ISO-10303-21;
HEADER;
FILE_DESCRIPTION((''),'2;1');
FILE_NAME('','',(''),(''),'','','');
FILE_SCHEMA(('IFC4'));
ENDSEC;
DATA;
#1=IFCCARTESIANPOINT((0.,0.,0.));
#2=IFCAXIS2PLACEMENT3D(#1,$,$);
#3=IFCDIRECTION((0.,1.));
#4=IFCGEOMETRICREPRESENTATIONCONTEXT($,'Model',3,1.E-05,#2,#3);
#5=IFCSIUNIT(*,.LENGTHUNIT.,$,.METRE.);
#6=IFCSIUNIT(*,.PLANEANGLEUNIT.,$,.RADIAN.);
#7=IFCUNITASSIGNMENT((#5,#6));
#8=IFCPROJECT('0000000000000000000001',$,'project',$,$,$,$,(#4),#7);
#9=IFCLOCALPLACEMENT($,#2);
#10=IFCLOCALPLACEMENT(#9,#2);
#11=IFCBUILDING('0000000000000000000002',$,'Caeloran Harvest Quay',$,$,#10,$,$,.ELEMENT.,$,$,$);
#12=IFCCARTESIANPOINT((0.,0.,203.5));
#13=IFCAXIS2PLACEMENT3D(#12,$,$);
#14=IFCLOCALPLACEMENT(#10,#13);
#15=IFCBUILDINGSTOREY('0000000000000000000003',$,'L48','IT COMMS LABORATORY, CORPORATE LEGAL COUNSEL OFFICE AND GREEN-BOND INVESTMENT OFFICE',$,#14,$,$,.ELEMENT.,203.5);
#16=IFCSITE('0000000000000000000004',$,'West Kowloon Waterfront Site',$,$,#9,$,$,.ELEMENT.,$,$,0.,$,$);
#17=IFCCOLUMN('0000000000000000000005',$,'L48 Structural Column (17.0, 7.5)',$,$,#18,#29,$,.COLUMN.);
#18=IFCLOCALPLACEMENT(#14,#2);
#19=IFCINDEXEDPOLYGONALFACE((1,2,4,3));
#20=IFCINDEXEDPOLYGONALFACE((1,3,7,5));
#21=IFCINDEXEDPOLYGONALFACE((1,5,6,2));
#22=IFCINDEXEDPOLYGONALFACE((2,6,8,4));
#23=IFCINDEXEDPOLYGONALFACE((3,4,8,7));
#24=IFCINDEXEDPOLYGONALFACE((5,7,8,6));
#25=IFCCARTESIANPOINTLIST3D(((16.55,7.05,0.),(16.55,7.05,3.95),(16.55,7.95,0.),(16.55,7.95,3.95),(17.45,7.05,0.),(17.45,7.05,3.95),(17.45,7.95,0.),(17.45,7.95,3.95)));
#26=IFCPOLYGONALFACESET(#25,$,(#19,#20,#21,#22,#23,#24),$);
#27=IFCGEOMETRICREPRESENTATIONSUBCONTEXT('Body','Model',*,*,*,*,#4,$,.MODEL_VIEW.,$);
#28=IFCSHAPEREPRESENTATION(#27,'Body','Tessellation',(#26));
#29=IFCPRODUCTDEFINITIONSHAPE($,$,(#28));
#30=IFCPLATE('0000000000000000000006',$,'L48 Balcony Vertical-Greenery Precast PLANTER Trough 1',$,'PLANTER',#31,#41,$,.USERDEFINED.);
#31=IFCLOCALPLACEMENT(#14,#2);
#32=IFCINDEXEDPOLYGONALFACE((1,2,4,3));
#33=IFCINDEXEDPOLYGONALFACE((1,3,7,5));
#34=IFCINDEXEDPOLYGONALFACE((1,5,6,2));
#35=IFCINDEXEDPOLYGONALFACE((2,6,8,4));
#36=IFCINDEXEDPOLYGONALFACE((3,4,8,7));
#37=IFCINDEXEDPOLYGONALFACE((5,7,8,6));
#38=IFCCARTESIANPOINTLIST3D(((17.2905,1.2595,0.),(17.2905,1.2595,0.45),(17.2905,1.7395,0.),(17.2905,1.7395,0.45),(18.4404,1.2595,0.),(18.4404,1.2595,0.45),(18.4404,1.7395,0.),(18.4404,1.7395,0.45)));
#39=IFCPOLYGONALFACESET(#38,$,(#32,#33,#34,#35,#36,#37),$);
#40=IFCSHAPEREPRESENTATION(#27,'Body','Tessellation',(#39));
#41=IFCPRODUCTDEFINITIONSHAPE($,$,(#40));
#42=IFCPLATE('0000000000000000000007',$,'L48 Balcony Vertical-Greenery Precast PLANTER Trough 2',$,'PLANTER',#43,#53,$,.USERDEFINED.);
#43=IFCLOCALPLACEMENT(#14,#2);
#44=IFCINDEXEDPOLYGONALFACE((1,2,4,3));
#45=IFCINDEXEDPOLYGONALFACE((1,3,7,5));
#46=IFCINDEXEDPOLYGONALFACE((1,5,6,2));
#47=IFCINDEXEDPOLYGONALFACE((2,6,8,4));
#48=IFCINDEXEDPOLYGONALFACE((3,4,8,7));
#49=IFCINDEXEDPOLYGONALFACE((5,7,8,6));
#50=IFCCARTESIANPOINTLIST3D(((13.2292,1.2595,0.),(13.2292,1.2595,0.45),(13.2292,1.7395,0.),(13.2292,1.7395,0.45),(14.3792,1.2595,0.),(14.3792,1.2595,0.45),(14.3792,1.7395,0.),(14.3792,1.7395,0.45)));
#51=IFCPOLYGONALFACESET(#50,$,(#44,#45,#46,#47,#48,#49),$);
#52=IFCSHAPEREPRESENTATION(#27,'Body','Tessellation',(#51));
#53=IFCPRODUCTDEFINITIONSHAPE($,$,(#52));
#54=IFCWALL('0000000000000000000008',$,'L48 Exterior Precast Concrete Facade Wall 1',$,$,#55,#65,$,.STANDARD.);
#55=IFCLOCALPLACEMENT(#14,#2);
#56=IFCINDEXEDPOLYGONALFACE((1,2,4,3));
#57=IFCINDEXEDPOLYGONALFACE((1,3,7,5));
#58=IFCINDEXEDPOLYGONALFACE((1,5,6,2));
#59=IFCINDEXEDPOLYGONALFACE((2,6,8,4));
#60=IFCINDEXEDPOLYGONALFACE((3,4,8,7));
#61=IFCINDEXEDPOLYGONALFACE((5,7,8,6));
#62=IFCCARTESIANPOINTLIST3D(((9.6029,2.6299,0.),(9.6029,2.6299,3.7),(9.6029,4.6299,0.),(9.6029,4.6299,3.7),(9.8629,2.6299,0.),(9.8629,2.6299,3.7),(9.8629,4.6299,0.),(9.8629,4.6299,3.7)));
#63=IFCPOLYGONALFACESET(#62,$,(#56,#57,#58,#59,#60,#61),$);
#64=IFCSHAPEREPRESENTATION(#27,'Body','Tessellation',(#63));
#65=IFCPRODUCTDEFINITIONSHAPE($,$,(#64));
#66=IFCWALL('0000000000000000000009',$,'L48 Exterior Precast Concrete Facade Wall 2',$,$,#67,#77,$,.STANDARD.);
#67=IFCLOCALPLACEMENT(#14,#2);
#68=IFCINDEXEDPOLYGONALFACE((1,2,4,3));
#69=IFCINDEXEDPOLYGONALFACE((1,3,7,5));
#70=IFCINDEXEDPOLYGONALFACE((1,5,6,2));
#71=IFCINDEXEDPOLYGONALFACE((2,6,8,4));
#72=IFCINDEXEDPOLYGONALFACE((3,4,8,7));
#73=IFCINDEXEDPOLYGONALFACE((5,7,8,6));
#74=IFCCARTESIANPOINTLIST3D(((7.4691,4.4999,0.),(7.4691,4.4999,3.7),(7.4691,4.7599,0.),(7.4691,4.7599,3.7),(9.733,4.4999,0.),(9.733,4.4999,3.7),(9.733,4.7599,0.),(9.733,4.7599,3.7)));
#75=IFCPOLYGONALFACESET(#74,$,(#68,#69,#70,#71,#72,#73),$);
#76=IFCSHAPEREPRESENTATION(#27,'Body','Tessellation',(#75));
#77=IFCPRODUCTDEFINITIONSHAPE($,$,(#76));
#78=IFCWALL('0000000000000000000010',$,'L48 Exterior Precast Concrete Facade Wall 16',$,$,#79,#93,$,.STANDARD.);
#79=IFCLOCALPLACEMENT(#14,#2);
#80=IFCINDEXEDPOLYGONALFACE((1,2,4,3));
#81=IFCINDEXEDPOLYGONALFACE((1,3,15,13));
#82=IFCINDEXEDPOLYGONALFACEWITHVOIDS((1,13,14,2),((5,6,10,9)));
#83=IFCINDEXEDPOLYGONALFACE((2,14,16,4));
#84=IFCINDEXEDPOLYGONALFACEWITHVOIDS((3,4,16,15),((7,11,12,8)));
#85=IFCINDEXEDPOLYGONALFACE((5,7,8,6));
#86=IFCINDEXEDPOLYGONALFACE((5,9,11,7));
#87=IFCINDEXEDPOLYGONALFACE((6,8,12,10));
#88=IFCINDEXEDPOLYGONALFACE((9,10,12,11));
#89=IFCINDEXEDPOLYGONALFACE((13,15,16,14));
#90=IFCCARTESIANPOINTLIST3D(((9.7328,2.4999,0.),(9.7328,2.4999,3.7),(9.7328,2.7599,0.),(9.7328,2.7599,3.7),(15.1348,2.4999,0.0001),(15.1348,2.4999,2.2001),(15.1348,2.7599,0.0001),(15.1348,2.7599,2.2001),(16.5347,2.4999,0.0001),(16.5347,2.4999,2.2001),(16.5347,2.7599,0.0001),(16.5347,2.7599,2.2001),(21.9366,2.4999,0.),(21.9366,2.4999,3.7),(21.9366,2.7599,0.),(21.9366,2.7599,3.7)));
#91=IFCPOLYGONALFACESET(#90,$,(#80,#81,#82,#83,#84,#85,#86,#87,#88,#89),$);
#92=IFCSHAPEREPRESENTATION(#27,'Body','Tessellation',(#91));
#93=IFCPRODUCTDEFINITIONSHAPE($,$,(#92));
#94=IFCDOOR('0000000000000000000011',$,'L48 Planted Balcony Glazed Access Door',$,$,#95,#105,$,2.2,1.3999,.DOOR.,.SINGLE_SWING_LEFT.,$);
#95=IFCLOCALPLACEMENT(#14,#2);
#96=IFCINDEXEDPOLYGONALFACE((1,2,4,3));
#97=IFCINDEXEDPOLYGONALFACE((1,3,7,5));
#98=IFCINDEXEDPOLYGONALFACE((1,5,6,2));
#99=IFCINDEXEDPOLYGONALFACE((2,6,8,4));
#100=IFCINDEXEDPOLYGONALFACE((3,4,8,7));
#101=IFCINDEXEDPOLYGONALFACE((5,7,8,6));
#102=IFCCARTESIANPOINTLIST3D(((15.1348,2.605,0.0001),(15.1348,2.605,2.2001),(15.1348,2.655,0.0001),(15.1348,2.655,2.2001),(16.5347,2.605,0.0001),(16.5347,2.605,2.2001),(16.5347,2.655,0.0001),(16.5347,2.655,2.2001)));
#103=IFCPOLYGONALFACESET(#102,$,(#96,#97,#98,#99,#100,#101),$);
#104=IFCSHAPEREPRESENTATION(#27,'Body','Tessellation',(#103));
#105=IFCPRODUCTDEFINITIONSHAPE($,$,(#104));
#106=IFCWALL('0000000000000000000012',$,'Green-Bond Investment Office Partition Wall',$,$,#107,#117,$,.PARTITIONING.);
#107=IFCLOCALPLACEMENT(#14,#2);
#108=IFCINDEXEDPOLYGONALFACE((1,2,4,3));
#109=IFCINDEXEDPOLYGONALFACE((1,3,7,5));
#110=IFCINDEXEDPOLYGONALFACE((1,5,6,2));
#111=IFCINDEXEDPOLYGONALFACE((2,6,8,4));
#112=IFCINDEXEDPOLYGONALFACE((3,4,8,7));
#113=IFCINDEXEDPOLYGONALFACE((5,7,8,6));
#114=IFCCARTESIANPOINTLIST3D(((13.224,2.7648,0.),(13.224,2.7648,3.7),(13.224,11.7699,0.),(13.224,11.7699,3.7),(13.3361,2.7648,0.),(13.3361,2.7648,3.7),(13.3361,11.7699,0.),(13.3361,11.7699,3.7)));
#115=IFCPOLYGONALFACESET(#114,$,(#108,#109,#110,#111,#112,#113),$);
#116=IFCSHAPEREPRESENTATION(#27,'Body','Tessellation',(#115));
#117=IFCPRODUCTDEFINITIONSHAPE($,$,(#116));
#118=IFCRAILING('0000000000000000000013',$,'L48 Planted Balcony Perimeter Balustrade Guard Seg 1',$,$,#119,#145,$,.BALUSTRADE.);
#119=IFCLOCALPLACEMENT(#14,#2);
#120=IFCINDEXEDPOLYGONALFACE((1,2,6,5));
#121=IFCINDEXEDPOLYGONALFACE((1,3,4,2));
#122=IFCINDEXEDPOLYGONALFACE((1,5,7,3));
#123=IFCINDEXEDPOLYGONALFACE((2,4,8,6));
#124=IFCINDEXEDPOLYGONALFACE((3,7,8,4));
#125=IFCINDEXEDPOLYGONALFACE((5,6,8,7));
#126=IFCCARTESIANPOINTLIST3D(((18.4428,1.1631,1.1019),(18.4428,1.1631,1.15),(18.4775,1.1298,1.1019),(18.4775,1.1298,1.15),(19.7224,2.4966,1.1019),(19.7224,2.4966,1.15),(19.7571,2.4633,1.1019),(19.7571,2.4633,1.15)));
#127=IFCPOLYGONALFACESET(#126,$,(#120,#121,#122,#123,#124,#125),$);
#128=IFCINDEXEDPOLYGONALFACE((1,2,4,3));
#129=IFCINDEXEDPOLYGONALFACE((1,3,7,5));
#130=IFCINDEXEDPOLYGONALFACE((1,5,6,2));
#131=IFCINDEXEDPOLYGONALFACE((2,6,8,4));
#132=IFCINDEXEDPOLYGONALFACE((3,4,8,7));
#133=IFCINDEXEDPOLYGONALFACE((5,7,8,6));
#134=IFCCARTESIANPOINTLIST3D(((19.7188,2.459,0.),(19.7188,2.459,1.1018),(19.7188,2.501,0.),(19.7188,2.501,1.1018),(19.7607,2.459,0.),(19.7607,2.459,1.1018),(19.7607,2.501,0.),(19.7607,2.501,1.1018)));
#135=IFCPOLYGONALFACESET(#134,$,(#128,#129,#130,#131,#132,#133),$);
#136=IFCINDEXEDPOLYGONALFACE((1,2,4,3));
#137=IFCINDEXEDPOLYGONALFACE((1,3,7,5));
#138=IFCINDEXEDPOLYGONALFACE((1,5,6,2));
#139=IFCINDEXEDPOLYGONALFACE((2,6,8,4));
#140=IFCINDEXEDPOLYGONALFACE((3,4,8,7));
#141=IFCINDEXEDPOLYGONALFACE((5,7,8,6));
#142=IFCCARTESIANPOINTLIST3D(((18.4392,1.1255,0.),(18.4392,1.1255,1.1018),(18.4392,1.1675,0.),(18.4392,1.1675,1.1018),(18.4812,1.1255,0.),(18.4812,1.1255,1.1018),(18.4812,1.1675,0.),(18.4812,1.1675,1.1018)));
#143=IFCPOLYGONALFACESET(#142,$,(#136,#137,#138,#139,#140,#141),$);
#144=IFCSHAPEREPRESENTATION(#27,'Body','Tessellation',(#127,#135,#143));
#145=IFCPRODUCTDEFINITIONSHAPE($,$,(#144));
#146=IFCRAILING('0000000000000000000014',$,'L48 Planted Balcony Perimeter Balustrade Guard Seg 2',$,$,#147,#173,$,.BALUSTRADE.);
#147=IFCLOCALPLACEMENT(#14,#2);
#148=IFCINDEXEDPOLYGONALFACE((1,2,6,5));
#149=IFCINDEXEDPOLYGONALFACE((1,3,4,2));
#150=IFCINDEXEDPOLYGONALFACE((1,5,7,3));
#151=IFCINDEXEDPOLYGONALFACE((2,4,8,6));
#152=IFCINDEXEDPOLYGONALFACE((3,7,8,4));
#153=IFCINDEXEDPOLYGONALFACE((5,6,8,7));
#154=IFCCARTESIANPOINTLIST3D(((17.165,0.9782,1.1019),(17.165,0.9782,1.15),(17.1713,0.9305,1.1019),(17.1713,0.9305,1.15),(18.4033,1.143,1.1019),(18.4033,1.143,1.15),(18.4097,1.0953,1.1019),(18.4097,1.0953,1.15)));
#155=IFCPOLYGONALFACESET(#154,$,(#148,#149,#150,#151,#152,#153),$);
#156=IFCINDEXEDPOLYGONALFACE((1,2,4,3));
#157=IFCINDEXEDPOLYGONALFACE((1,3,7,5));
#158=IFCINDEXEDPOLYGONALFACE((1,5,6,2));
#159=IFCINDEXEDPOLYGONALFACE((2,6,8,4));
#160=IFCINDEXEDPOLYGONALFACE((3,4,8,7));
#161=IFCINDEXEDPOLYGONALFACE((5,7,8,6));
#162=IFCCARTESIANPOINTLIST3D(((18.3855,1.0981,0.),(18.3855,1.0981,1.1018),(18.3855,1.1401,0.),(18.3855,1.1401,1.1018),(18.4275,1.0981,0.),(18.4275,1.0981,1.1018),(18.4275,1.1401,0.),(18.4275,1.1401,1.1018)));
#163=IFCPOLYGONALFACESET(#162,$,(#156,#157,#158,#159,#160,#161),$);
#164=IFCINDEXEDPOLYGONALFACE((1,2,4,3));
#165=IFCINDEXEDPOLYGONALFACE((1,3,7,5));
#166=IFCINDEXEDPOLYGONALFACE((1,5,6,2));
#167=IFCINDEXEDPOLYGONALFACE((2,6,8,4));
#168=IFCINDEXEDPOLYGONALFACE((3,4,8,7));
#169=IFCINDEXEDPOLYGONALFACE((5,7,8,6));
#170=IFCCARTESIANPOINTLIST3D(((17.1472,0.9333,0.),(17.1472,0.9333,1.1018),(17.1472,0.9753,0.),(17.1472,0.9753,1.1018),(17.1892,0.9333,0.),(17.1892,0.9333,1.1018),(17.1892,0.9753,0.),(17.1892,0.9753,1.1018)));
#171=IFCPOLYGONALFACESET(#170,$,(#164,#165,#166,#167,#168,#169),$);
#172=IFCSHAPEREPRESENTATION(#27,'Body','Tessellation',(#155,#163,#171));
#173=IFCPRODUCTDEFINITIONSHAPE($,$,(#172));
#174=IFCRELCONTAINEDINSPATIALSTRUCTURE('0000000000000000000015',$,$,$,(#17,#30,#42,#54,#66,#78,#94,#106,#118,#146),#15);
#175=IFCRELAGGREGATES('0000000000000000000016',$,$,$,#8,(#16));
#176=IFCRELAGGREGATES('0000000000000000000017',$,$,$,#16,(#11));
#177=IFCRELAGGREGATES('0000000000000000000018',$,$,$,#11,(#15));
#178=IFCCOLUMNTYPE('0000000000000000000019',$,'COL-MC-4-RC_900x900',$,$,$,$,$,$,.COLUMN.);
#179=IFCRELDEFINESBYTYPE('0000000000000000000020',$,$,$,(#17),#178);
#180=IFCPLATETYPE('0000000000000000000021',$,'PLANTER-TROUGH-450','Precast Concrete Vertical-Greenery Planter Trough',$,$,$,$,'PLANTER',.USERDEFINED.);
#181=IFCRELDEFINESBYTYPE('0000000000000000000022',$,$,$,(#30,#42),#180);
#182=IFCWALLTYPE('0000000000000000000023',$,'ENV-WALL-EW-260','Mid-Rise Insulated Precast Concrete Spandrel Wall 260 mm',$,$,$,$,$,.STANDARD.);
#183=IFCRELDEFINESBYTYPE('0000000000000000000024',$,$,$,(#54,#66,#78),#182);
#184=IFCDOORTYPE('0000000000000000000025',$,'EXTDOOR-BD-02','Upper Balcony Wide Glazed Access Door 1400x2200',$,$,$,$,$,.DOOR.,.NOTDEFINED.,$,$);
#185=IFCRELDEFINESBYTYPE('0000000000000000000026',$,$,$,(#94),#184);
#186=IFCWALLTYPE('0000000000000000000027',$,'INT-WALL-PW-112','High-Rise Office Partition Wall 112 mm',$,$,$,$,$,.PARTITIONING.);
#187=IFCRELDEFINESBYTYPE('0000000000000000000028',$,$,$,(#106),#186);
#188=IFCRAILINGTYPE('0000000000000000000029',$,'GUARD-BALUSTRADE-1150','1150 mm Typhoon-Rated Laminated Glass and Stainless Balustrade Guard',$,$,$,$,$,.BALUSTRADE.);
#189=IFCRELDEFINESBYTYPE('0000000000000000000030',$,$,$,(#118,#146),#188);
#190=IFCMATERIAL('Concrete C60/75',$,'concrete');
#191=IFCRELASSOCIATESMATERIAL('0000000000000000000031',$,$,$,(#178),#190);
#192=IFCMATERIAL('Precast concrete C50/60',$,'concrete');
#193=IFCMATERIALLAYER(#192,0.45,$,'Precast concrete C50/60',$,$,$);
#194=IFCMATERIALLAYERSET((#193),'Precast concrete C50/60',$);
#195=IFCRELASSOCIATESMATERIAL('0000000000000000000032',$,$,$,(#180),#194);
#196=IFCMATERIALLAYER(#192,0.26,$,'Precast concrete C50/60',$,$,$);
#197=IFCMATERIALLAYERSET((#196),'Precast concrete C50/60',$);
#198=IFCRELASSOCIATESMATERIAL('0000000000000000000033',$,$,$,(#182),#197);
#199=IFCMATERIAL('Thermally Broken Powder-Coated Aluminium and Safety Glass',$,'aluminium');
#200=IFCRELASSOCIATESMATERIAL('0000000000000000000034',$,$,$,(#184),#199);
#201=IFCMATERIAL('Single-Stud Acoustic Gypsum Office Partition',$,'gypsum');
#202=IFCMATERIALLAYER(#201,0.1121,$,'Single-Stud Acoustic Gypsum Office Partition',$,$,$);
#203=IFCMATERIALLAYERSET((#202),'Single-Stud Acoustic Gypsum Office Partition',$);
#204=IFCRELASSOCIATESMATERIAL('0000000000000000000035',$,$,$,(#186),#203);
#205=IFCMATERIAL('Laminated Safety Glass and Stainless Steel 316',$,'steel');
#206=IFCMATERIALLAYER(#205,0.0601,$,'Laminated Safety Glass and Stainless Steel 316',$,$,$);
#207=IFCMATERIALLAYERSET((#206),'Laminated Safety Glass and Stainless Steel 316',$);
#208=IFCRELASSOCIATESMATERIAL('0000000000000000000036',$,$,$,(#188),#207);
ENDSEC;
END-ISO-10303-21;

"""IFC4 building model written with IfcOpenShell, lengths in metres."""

from ifc_helpers import new_model, si_unit, direction, frame, frame_2d, origin, origin_2d, place, context, subcontext, project, spatial, rectangle, extrude, material, layer, layer_set, material_profile, profile_set, type_object, element, fill, save


model = new_model("IFC4")

# Units and contexts
model_context = context("Model", 3, precision=1e-05, world=origin(), true_north=direction((0.0, 1.0)))
body_context = subcontext(model_context, "Body", "Model", "MODEL_VIEW")
ifc_project = project(units=[si_unit("LENGTHUNIT", "METRE"), si_unit("PLANEANGLEUNIT", "RADIAN")], contexts=[model_context])

# Site, building, storey
site_placement = place(None, origin())
site = spatial("IfcSite", under=ifc_project, at=site_placement, Name="West Kowloon Waterfront Site", CompositionType="ELEMENT", RefElevation=0.0)
building_placement = place(site_placement, origin())
building = spatial("IfcBuilding", under=site, at=building_placement, Name="Caeloran Harvest Quay", CompositionType="ELEMENT")
storey_placement = place(building_placement, frame((0.0, 0.0, 203.5)))
storey = spatial("IfcBuildingStorey", under=building, at=storey_placement, Name="L48", Description="IT COMMS LABORATORY, CORPORATE LEGAL COUNSEL OFFICE AND GREEN-BOND INVESTMENT OFFICE", CompositionType="ELEMENT", Elevation=203.5)

# Column
ifc_material_1 = material(Name="Concrete C60/75", Category="concrete")
ifc_material_profile = material_profile(ifc_material_1, rectangle(XDim=0.8999, YDim=0.8999, at=origin_2d()), Name="RC 900x900")
ifc_profile_set = profile_set([ifc_material_profile], Name="Concrete C60/75")
column_type = type_object("IfcColumnType", Name="COL-MC-4-RC_900x900", PredefinedType="COLUMN", material=ifc_profile_set)
column_placement = place(storey_placement, frame((17.0, 7.5, 0.0), z_axis=(0.0, 0.0, 1.0), x_axis=(1.0, 0.0, 0.0)))
element("IfcColumn", 1, at=column_placement, inside=storey, type_object=column_type, Name="L48 Structural Column (17.0, 7.5)", PredefinedType="COLUMN", context=body_context, shape_type="SweptSolid", body=[
    extrude(rectangle(XDim=0.8999, YDim=0.8999, at=origin_2d()), origin(), (0.0, 0.0, 1.0), 3.95),
])

# Plates
ifc_material_2 = material(Name="Precast concrete C50/60", Category="concrete")
ifc_layer_1 = layer(ifc_material_2, 0.45, Name="Precast concrete C50/60")
ifc_layer_set_1 = layer_set([ifc_layer_1], Name="Precast concrete C50/60")
plate_type = type_object("IfcPlateType", Name="PLANTER-TROUGH-450", Description="Precast Concrete Vertical-Greenery Planter Trough", ElementType="PLANTER", PredefinedType="USERDEFINED", material=ifc_layer_set_1)
for number, where, z_axis, x_axis, name in (
    (2, (17.8655, 1.4995, 0.0), (0.0, 0.0, 1.0), (1.0, 0.0, 0.0), "L48 Balcony Vertical-Greenery Precast PLANTER Trough 1"),
    (3, (13.8042, 1.4995, 0.0), (0.0, 0.0, 1.0), (1.0, 0.0, 0.0), "L48 Balcony Vertical-Greenery Precast PLANTER Trough 2"),
):
    element("IfcPlate", number, at=place(storey_placement, frame(where, z_axis=z_axis, x_axis=x_axis)), inside=storey, type_object=plate_type, Name=name, ObjectType="PLANTER", PredefinedType="USERDEFINED", context=body_context, shape_type="SweptSolid", body=[
        extrude(rectangle(XDim=1.1499, YDim=0.48, at=origin_2d()), origin(), (0.0, 0.0, 1.0), 0.45),
    ])

# Walls
ifc_layer_2 = layer(ifc_material_2, 0.26, Name="Precast concrete C50/60")
ifc_layer_set_2 = layer_set([ifc_layer_2], Name="Precast concrete C50/60")
wall_type_1 = type_object("IfcWallType", Name="ENV-WALL-EW-260", Description="Mid-Rise Insulated Precast Concrete Spandrel Wall 260 mm", PredefinedType="STANDARD", material=ifc_layer_set_2)
wall_1_placement = place(storey_placement, frame((9.7329, 2.6299, 0.0), z_axis=(0.0, 0.0, 1.0), x_axis=(0.0, 1.0, 0.0)))
element("IfcWall", 4, at=wall_1_placement, inside=storey, type_object=wall_type_1, Name="L48 Exterior Precast Concrete Facade Wall 1", PredefinedType="STANDARD", context=body_context, shape_type="SweptSolid", body=[
    extrude(rectangle(XDim=2.0, YDim=0.26, at=frame_2d((1.0, 0.0))), origin(), (0.0, 0.0, 1.0), 3.7),
])
wall_2_placement = place(storey_placement, frame((9.7329, 4.6299, 0.0), z_axis=(0.0, 0.0, 1.0), x_axis=(-1.0, 0.0, 0.0)))
element("IfcWall", 5, at=wall_2_placement, inside=storey, type_object=wall_type_1, Name="L48 Exterior Precast Concrete Facade Wall 2", PredefinedType="STANDARD", context=body_context, shape_type="SweptSolid", body=[
    extrude(rectangle(XDim=2.2639, YDim=0.26, at=frame_2d((1.1318, 0.0))), origin(), (0.0, 0.0, 1.0), 3.7),
])

# Wall, opening, door
wall_3_placement = place(storey_placement, frame((21.9368, 2.6299, 0.0), z_axis=(0.0, 0.0, 1.0), x_axis=(-1.0, 0.0, 0.0)))
wall_3 = element("IfcWall", 6, at=wall_3_placement, inside=storey, type_object=wall_type_1, Name="L48 Exterior Precast Concrete Facade Wall 16", PredefinedType="STANDARD", context=body_context, shape_type="SweptSolid", body=[
    extrude(rectangle(XDim=12.2039, YDim=0.26, at=frame_2d((6.1021, 0.0))), origin(), (0.0, 0.0, 1.0), 3.7),
])
opening_placement = place(wall_3_placement, frame((5.4021, 0.0, 0.0)))
opening = element("IfcOpeningElement", 7, at=opening_placement, cuts=wall_3, PredefinedType="OPENING", context=body_context, shape_type="SweptSolid", body=[
    extrude(rectangle(XDim=1.3999, YDim=2.2, at=frame_2d((0.7, 1.1001))), frame((0.0, 0.1401, 0.0), z_axis=(0.0, -1.0, 0.0), x_axis=(1.0, 0.0, 0.0)), (0.0, 0.0, 1.0), 0.28),
])
ifc_material_3 = material(Name="Thermally Broken Powder-Coated Aluminium and Safety Glass", Category="aluminium")
door_type = type_object("IfcDoorType", Name="EXTDOOR-BD-02", Description="Upper Balcony Wide Glazed Access Door 1400x2200", OperationType="NOTDEFINED", PredefinedType="DOOR", material=ifc_material_3)
door_placement = place(opening_placement, origin())
door = element("IfcDoor", 8, at=door_placement, inside=storey, type_object=door_type, Name="L48 Planted Balcony Glazed Access Door", OperationType="SINGLE_SWING_LEFT", OverallHeight=2.2, OverallWidth=1.3999, PredefinedType="DOOR", context=body_context, shape_type="SweptSolid", body=[
    extrude(rectangle(XDim=1.3999, YDim=2.2, at=frame_2d((0.7, 1.1001))), frame((0.0, 0.0249, 0.0), z_axis=(0.0, -1.0, 0.0), x_axis=(1.0, 0.0, 0.0)), (0.0, 0.0, 1.0), 0.05),
])
fill(opening, door)

# Wall
ifc_material_4 = material(Name="Single-Stud Acoustic Gypsum Office Partition", Category="gypsum")
ifc_layer_3 = layer(ifc_material_4, 0.1121, Name="Single-Stud Acoustic Gypsum Office Partition")
ifc_layer_set_3 = layer_set([ifc_layer_3], Name="Single-Stud Acoustic Gypsum Office Partition")
wall_type_2 = type_object("IfcWallType", Name="INT-WALL-PW-112", Description="High-Rise Office Partition Wall 112 mm", PredefinedType="PARTITIONING", material=ifc_layer_set_3)
wall_4_placement = place(storey_placement, frame((13.28, 2.7649, 0.0), z_axis=(0.0, 0.0, 1.0), x_axis=(0.0, 1.0, 0.0)))
element("IfcWall", 9, at=wall_4_placement, inside=storey, type_object=wall_type_2, Name="Green-Bond Investment Office Partition Wall", PredefinedType="PARTITIONING", context=body_context, shape_type="SweptSolid", body=[
    extrude(rectangle(XDim=9.0051, YDim=0.1121, at=frame_2d((4.5024, 0.0))), origin(), (0.0, 0.0, 1.0), 3.7),
])

# Railings
ifc_material_5 = material(Name="Laminated Safety Glass and Stainless Steel 316", Category="steel")
ifc_layer_4 = layer(ifc_material_5, 0.0601, Name="Laminated Safety Glass and Stainless Steel 316")
ifc_layer_set_4 = layer_set([ifc_layer_4], Name="Laminated Safety Glass and Stainless Steel 316")
railing_type = type_object("IfcRailingType", Name="GUARD-BALUSTRADE-1150", Description="1150 mm Typhoon-Rated Laminated Glass and Stainless Balustrade Guard", PredefinedType="BALUSTRADE", material=ifc_layer_set_4)
railing_1_placement = place(storey_placement, frame((19.7397, 2.48, 0.0)))
element("IfcRailing", 10, at=railing_1_placement, inside=storey, type_object=railing_type, Name="L48 Planted Balcony Perimeter Balustrade Guard Seg 1", PredefinedType="BALUSTRADE", context=body_context, shape_type="SweptSolid", body=[
    extrude(rectangle(XDim=0.0481, YDim=0.0481, at=origin_2d()), frame((0.0, 0.0, 1.126), z_axis=(-0.692359, -0.721554, 0.0), x_axis=(0.721554, -0.692359, 0.0)), (0.0, 0.0, 1.0), 1.8481),
    extrude(rectangle(XDim=0.042, YDim=0.042, at=origin_2d()), origin(), (0.0, 0.0, 1.0), 1.1018),
    extrude(rectangle(XDim=0.042, YDim=0.042, at=origin_2d()), frame((-1.2795, -1.3335, 0.0)), (0.0, 0.0, 1.0), 1.1018),
])
railing_2_placement = place(storey_placement, frame((18.4065, 1.1191, 0.0)))
element("IfcRailing", 11, at=railing_2_placement, inside=storey, type_object=railing_type, Name="L48 Planted Balcony Perimeter Balustrade Guard Seg 2", PredefinedType="BALUSTRADE", context=body_context, shape_type="SweptSolid", body=[
    extrude(rectangle(XDim=0.0481, YDim=0.0481, at=origin_2d()), frame((0.0, 0.0, 1.126), z_axis=(-0.99126, -0.13192, 0.0), x_axis=(0.13192, -0.99126, 0.0)), (0.0, 0.0, 1.0), 1.2493),
    extrude(rectangle(XDim=0.042, YDim=0.042, at=origin_2d()), origin(), (0.0, 0.0, 1.0), 1.1018),
    extrude(rectangle(XDim=0.042, YDim=0.042, at=origin_2d()), frame((-1.2383, -0.1648, 0.0)), (0.0, 0.0, 1.0), 1.1018),
])

save(model, "model.ifc")
